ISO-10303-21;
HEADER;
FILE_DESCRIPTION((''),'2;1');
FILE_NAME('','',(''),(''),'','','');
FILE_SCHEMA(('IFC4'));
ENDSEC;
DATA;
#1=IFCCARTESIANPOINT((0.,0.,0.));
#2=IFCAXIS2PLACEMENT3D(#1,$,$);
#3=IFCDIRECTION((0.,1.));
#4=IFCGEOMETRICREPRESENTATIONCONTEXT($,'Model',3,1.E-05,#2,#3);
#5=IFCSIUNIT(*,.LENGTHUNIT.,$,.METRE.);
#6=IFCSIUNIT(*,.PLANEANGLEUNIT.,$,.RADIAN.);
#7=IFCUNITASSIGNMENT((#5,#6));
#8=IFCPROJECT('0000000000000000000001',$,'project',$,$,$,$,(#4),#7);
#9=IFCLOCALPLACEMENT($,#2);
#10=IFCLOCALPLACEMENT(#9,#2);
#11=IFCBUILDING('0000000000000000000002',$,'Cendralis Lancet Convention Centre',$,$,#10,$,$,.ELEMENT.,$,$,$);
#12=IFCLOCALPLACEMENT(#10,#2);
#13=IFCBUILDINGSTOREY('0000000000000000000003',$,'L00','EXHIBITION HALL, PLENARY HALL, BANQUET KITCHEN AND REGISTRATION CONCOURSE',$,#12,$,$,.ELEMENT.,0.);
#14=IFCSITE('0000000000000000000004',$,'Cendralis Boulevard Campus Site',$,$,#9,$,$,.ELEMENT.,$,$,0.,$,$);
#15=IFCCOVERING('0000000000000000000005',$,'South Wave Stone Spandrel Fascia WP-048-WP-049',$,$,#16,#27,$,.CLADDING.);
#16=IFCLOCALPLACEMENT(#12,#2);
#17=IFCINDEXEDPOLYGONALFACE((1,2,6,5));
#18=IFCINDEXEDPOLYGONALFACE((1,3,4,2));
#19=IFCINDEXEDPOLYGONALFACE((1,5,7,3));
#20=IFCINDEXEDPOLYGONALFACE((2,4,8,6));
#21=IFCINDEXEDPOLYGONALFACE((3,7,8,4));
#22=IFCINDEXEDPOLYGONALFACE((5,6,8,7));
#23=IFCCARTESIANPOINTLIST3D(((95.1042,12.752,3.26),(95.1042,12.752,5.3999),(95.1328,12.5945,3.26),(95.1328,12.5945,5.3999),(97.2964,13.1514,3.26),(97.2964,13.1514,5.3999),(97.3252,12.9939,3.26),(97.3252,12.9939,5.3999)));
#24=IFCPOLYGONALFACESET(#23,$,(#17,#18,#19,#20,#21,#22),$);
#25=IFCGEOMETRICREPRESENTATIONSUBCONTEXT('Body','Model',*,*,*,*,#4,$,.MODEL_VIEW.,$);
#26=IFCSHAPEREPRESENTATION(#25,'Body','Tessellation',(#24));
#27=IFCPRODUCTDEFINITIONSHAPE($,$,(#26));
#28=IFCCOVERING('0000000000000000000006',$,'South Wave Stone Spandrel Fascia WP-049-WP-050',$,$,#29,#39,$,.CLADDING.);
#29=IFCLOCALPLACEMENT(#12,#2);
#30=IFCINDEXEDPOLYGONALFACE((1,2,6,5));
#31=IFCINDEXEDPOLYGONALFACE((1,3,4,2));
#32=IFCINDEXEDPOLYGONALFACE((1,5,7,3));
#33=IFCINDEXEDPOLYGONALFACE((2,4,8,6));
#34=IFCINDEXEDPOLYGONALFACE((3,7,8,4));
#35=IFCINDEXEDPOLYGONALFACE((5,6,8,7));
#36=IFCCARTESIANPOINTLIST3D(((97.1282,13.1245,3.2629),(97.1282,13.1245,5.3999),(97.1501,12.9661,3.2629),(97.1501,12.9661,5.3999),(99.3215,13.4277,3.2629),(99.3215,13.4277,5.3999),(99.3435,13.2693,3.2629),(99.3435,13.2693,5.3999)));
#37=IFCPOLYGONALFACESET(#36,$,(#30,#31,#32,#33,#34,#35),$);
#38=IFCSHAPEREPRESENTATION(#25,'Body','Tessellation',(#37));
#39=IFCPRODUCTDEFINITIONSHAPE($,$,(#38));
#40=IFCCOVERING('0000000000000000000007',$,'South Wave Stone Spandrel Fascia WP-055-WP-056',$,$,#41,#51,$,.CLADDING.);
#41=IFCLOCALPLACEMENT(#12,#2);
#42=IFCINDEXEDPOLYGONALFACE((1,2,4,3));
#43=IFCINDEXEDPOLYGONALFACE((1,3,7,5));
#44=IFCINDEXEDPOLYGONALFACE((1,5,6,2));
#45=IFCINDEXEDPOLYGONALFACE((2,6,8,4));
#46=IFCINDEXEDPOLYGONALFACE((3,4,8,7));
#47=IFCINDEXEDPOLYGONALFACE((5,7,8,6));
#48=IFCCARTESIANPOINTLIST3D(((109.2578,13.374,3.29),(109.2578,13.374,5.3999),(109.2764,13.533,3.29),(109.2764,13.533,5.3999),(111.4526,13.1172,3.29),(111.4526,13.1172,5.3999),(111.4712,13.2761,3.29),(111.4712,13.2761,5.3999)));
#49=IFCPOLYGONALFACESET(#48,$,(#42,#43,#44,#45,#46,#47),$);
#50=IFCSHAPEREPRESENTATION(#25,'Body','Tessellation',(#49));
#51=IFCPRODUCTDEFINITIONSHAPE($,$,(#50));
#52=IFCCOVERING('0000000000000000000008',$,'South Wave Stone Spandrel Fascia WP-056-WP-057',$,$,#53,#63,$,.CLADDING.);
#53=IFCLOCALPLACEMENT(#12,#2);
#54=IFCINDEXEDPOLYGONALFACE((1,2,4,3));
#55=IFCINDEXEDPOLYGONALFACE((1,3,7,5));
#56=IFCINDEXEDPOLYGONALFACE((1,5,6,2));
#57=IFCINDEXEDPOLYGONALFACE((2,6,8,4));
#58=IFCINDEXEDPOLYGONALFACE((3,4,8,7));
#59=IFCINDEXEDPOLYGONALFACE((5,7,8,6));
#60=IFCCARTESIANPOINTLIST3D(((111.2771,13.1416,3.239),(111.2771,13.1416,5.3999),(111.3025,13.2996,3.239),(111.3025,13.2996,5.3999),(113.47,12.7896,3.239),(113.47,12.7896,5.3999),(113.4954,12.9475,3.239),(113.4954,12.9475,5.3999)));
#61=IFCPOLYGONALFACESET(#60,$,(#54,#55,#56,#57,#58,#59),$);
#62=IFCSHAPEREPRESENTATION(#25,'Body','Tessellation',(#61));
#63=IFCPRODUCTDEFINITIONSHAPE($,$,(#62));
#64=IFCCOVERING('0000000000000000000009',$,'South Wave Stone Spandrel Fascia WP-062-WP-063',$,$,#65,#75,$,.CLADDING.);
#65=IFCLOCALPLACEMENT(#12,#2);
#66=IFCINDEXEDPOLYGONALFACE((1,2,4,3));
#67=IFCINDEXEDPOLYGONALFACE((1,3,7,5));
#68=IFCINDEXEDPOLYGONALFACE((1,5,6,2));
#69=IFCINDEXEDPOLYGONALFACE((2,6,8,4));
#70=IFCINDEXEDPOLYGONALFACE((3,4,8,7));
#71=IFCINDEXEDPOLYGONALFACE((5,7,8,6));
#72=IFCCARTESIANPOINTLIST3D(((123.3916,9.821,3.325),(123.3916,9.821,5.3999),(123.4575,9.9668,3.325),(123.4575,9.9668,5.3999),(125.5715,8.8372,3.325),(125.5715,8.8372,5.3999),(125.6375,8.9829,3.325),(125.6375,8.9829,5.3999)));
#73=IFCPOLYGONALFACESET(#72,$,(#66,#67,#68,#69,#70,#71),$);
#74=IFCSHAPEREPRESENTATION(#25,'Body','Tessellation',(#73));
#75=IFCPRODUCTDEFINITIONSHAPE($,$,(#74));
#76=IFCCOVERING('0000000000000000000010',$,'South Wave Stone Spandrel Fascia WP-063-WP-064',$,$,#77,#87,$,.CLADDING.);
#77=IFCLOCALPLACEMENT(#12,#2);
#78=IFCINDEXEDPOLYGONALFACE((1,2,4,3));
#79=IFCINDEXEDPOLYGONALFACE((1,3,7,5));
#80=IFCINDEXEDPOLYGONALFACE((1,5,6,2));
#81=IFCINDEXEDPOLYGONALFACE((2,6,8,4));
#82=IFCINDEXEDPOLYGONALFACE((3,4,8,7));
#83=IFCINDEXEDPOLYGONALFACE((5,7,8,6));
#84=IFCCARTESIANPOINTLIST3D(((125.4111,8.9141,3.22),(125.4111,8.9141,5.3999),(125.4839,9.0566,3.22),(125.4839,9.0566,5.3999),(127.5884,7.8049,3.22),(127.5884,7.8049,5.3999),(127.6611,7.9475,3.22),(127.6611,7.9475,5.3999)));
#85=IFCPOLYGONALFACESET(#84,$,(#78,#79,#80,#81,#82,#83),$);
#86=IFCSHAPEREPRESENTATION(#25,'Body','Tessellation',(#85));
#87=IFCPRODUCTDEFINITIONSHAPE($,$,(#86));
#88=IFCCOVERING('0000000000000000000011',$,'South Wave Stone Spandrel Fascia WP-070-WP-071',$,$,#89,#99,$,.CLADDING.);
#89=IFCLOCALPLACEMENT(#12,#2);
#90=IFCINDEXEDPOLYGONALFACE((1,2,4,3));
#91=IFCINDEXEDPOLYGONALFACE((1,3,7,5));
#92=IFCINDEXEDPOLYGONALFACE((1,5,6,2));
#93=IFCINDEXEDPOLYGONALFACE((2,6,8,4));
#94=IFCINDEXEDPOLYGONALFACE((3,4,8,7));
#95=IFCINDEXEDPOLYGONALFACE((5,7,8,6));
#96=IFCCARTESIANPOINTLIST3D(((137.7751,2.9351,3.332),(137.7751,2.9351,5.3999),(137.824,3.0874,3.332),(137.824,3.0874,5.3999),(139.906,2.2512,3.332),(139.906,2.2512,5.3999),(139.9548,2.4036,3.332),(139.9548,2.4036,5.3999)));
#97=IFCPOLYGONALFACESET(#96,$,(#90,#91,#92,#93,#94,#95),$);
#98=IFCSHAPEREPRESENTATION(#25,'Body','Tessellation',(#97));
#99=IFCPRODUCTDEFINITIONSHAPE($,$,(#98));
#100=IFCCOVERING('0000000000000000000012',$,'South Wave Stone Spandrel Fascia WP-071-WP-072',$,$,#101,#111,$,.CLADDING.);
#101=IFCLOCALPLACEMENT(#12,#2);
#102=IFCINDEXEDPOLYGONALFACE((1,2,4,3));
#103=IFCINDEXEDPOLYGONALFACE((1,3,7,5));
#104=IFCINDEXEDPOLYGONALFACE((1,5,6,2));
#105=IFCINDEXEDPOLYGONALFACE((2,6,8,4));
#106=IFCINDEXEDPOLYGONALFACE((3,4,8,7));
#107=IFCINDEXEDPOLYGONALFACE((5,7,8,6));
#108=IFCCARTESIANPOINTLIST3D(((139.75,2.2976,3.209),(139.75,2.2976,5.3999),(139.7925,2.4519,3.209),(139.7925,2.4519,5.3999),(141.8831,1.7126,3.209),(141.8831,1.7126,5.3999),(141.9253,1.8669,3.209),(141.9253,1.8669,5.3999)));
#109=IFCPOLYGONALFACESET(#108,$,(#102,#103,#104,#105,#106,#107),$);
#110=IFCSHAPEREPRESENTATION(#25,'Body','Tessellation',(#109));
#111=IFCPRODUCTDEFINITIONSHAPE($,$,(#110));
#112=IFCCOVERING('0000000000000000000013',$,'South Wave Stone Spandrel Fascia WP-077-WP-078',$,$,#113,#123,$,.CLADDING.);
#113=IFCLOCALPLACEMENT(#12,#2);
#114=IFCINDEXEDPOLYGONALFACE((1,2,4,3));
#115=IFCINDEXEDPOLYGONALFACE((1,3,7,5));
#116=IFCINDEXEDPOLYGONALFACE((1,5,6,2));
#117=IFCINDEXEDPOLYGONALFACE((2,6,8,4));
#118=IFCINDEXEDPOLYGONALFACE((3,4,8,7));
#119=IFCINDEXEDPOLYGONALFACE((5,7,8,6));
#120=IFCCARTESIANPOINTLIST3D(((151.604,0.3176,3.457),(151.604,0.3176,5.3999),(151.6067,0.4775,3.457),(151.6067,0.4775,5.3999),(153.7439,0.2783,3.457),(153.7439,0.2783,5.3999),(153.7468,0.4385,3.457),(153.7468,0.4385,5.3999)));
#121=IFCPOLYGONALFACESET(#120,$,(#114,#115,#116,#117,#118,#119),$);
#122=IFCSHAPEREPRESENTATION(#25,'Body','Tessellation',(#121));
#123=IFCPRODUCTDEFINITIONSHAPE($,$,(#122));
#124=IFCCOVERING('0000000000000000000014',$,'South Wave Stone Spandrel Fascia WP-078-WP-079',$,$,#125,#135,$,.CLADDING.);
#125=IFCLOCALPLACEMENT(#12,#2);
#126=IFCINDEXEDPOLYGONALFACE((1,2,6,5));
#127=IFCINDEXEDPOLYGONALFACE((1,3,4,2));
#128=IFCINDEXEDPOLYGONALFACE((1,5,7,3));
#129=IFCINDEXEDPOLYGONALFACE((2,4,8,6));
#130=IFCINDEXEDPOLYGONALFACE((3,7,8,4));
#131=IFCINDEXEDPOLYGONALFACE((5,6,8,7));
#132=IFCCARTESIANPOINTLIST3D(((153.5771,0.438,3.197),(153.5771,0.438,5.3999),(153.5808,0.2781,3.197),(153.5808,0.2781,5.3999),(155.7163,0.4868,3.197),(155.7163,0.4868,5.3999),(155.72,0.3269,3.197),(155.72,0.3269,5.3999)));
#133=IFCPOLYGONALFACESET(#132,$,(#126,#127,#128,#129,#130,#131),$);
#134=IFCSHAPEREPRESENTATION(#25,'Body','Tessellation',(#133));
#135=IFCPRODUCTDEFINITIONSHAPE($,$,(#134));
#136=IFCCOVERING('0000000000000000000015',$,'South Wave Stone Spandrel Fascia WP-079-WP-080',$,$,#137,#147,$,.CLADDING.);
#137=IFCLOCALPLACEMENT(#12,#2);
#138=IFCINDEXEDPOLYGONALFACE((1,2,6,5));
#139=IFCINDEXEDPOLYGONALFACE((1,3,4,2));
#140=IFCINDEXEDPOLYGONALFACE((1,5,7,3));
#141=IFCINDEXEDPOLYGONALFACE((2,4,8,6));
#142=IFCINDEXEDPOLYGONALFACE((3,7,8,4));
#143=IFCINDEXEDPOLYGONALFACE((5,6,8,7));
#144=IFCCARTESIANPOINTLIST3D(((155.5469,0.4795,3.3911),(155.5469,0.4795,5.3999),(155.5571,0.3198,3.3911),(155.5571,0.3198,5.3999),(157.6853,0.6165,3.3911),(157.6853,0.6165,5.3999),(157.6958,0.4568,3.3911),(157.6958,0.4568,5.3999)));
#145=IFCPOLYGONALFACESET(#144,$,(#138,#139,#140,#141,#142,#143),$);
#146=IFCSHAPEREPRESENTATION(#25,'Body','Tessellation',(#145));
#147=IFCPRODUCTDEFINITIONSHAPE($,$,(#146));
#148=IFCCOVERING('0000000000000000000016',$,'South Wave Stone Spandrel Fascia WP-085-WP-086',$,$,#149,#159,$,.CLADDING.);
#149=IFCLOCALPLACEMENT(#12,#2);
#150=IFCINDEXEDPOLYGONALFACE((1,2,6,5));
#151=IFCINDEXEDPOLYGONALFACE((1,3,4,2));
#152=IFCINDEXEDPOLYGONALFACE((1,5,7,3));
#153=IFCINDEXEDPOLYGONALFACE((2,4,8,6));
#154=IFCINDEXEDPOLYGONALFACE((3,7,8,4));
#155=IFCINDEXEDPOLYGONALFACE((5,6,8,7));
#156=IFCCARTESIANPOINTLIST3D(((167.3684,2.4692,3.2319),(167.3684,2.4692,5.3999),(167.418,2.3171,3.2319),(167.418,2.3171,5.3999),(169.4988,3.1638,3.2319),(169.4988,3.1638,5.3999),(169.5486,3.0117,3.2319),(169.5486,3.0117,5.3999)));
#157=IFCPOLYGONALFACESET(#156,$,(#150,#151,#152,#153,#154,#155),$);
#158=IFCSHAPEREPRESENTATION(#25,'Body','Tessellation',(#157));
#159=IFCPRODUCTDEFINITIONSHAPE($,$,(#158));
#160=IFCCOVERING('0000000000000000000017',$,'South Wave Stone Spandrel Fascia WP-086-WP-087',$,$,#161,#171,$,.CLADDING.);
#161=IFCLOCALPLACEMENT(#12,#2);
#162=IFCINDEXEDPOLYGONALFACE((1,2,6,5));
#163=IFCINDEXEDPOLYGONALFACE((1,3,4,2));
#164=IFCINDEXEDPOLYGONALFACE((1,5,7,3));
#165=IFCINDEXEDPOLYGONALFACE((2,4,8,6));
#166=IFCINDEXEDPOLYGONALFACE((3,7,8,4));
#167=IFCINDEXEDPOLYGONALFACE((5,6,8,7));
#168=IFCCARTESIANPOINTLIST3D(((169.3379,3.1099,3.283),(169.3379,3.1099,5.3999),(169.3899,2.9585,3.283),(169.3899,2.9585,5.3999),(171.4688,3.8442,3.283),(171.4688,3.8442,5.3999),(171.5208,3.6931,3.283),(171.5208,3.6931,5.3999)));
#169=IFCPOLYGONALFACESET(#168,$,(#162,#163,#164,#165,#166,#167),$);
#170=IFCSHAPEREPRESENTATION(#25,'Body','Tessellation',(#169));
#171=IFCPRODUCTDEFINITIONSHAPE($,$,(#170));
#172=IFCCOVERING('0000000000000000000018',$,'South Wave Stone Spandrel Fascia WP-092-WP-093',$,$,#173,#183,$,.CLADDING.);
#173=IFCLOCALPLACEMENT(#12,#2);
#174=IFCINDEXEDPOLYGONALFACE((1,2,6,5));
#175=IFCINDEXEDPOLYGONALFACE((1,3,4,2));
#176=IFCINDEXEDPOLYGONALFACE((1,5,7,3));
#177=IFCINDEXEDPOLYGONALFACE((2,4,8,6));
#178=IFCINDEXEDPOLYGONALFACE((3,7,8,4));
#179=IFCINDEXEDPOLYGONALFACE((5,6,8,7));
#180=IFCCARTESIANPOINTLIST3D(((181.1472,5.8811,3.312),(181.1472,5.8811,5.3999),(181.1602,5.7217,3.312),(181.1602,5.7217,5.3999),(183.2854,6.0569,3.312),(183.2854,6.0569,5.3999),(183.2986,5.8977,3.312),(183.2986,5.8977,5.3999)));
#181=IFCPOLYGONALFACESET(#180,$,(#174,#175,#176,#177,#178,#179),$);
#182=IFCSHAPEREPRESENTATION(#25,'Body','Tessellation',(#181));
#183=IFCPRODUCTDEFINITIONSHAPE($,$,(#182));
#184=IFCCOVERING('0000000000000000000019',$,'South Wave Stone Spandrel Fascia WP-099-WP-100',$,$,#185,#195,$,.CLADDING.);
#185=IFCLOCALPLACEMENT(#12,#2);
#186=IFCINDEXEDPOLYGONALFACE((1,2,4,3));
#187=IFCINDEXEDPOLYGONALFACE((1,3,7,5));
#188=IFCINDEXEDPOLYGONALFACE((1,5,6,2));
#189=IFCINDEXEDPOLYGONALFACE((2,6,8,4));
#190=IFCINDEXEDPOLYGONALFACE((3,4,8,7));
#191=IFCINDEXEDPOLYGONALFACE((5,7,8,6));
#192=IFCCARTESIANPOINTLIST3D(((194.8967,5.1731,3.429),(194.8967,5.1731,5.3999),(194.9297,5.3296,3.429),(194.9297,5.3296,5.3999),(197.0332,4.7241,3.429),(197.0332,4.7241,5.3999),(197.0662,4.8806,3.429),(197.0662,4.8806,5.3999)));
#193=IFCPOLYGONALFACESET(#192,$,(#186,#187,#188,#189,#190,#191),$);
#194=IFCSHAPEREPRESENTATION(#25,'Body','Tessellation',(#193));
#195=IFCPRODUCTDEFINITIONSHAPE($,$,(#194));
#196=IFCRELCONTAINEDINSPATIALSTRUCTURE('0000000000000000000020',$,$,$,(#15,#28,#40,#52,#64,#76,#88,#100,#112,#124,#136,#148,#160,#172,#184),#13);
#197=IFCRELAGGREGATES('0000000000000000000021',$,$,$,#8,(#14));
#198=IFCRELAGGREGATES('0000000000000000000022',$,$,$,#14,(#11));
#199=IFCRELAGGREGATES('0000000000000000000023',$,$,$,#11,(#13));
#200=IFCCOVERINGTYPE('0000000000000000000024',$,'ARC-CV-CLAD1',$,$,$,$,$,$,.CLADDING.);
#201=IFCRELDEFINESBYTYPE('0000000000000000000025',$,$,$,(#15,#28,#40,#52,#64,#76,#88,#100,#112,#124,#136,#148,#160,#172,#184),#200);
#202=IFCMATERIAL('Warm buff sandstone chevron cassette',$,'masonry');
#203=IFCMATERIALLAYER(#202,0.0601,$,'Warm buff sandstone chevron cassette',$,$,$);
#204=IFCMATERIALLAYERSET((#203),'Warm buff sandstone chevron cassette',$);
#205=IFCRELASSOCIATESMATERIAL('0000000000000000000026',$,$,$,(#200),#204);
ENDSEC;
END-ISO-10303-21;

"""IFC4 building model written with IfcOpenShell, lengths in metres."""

from ifc_helpers import new_model, si_unit, direction, frame, origin, place, context, subcontext, project, spatial, polyline, outline, extrude, material, layer, layer_set, type_object, element, save


model = new_model("IFC4")

# Units and contexts
model_context = context("Model", 3, precision=1e-05, world=origin(), true_north=direction((0.0, 1.0)))
body_context = subcontext(model_context, "Body", "Model", "MODEL_VIEW")
ifc_project = project(units=[si_unit("LENGTHUNIT", "METRE"), si_unit("PLANEANGLEUNIT", "RADIAN")], contexts=[model_context])

# Site, building, storey
site_placement = place(None, origin())
site = spatial("IfcSite", under=ifc_project, at=site_placement, Name="Cendralis Boulevard Campus Site", CompositionType="ELEMENT", RefElevation=0.0)
building_placement = place(site_placement, origin())
building = spatial("IfcBuilding", under=site, at=building_placement, Name="Cendralis Lancet Convention Centre", CompositionType="ELEMENT")
storey_placement = place(building_placement, origin())
storey = spatial("IfcBuildingStorey", under=building, at=storey_placement, Name="L00", Description="EXHIBITION HALL, PLENARY HALL, BANQUET KITCHEN AND REGISTRATION CONCOURSE", CompositionType="ELEMENT", Elevation=0.0)

# Coverings
ifc_material_1 = material(Name="Warm buff sandstone chevron cassette", Category="masonry")
ifc_layer_1 = layer(ifc_material_1, 0.0601, Name="Warm buff sandstone chevron cassette")
ifc_layer_set_1 = layer_set([ifc_layer_1], Name="Warm buff sandstone chevron cassette")
covering_type = type_object("IfcCoveringType", Name="ARC-CV-CLAD1", PredefinedType="CLADDING", material=ifc_layer_set_1)
covering_1_placement = place(storey_placement, frame((0.0, 0.0, 3.26)))
element("IfcCovering", 1, at=covering_1_placement, inside=storey, type_object=covering_type, Name="South Wave Stone Spandrel Fascia WP-048-WP-049", PredefinedType="CLADDING", context=body_context, shape_type="SweptSolid", body=[
    extrude(outline(polyline([(95.1328, 12.5945), (97.3252, 12.9939), (97.2964, 13.1514), (95.1042, 12.752), (95.1328, 12.5945)])), origin(), (0.0, 0.0, 1.0), 2.1399),
])
covering_2_placement = place(storey_placement, frame((0.0, 0.0, 3.2629)))
element("IfcCovering", 2, at=covering_2_placement, inside=storey, type_object=covering_type, Name="South Wave Stone Spandrel Fascia WP-049-WP-050", PredefinedType="CLADDING", context=body_context, shape_type="SweptSolid", body=[
    extrude(outline(polyline([(97.1501, 12.9661), (99.3435, 13.2693), (99.3215, 13.4277), (97.1282, 13.1245), (97.1501, 12.9661)])), origin(), (0.0, 0.0, 1.0), 2.137),
])
covering_3_placement = place(storey_placement, frame((0.0, 0.0, 3.29)))
element("IfcCovering", 3, at=covering_3_placement, inside=storey, type_object=covering_type, Name="South Wave Stone Spandrel Fascia WP-055-WP-056", PredefinedType="CLADDING", context=body_context, shape_type="SweptSolid", body=[
    extrude(outline(polyline([(109.2578, 13.374), (111.4526, 13.1172), (111.4712, 13.2761), (109.2764, 13.533), (109.2578, 13.374)])), origin(), (0.0, 0.0, 1.0), 2.1099),
])
covering_4_placement = place(storey_placement, frame((0.0, 0.0, 3.239)))
element("IfcCovering", 4, at=covering_4_placement, inside=storey, type_object=covering_type, Name="South Wave Stone Spandrel Fascia WP-056-WP-057", PredefinedType="CLADDING", context=body_context, shape_type="SweptSolid", body=[
    extrude(outline(polyline([(111.2771, 13.1416), (113.47, 12.7896), (113.4954, 12.9475), (111.3025, 13.2996), (111.2771, 13.1416)])), origin(), (0.0, 0.0, 1.0), 2.1609),
])
covering_5_placement = place(storey_placement, frame((0.0, 0.0, 3.325)))
element("IfcCovering", 5, at=covering_5_placement, inside=storey, type_object=covering_type, Name="South Wave Stone Spandrel Fascia WP-062-WP-063", PredefinedType="CLADDING", context=body_context, shape_type="SweptSolid", body=[
    extrude(outline(polyline([(123.3916, 9.821), (125.5715, 8.8372), (125.6375, 8.9829), (123.4575, 9.9668), (123.3916, 9.821)])), origin(), (0.0, 0.0, 1.0), 2.075),
])
covering_6_placement = place(storey_placement, frame((0.0, 0.0, 3.22)))
element("IfcCovering", 6, at=covering_6_placement, inside=storey, type_object=covering_type, Name="South Wave Stone Spandrel Fascia WP-063-WP-064", PredefinedType="CLADDING", context=body_context, shape_type="SweptSolid", body=[
    extrude(outline(polyline([(125.4111, 8.9141), (127.5884, 7.8049), (127.6611, 7.9475), (125.4839, 9.0566), (125.4111, 8.9141)])), origin(), (0.0, 0.0, 1.0), 2.1799),
])
covering_7_placement = place(storey_placement, frame((0.0, 0.0, 3.332)))
element("IfcCovering", 7, at=covering_7_placement, inside=storey, type_object=covering_type, Name="South Wave Stone Spandrel Fascia WP-070-WP-071", PredefinedType="CLADDING", context=body_context, shape_type="SweptSolid", body=[
    extrude(outline(polyline([(137.7751, 2.9351), (139.906, 2.2512), (139.9548, 2.4036), (137.824, 3.0874), (137.7751, 2.9351)])), origin(), (0.0, 0.0, 1.0), 2.0679),
])
covering_8_placement = place(storey_placement, frame((0.0, 0.0, 3.209)))
element("IfcCovering", 8, at=covering_8_placement, inside=storey, type_object=covering_type, Name="South Wave Stone Spandrel Fascia WP-071-WP-072", PredefinedType="CLADDING", context=body_context, shape_type="SweptSolid", body=[
    extrude(outline(polyline([(139.75, 2.2976), (141.8831, 1.7126), (141.9253, 1.8669), (139.7925, 2.4519), (139.75, 2.2976)])), origin(), (0.0, 0.0, 1.0), 2.1909),
])
covering_9_placement = place(storey_placement, frame((0.0, 0.0, 3.457)))
element("IfcCovering", 9, at=covering_9_placement, inside=storey, type_object=covering_type, Name="South Wave Stone Spandrel Fascia WP-077-WP-078", PredefinedType="CLADDING", context=body_context, shape_type="SweptSolid", body=[
    extrude(outline(polyline([(151.604, 0.3176), (153.7439, 0.2783), (153.7468, 0.4385), (151.6067, 0.4775), (151.604, 0.3176)])), origin(), (0.0, 0.0, 1.0), 1.9429),
])
covering_10_placement = place(storey_placement, frame((0.0, 0.0, 3.197)))
element("IfcCovering", 10, at=covering_10_placement, inside=storey, type_object=covering_type, Name="South Wave Stone Spandrel Fascia WP-078-WP-079", PredefinedType="CLADDING", context=body_context, shape_type="SweptSolid", body=[
    extrude(outline(polyline([(153.5808, 0.2781), (155.72, 0.3269), (155.7163, 0.4868), (153.5771, 0.438), (153.5808, 0.2781)])), origin(), (0.0, 0.0, 1.0), 2.2029),
])
covering_11_placement = place(storey_placement, frame((0.0, 0.0, 3.3911)))
element("IfcCovering", 11, at=covering_11_placement, inside=storey, type_object=covering_type, Name="South Wave Stone Spandrel Fascia WP-079-WP-080", PredefinedType="CLADDING", context=body_context, shape_type="SweptSolid", body=[
    extrude(outline(polyline([(155.5571, 0.3198), (157.6958, 0.4568), (157.6853, 0.6165), (155.5469, 0.4795), (155.5571, 0.3198)])), origin(), (0.0, 0.0, 1.0), 2.0088),
])
covering_12_placement = place(storey_placement, frame((0.0, 0.0, 3.2319)))
element("IfcCovering", 12, at=covering_12_placement, inside=storey, type_object=covering_type, Name="South Wave Stone Spandrel Fascia WP-085-WP-086", PredefinedType="CLADDING", context=body_context, shape_type="SweptSolid", body=[
    extrude(outline(polyline([(167.418, 2.3171), (169.5486, 3.0117), (169.4988, 3.1638), (167.3684, 2.4692), (167.418, 2.3171)])), origin(), (0.0, 0.0, 1.0), 2.168),
])
covering_13_placement = place(storey_placement, frame((0.0, 0.0, 3.283)))
element("IfcCovering", 13, at=covering_13_placement, inside=storey, type_object=covering_type, Name="South Wave Stone Spandrel Fascia WP-086-WP-087", PredefinedType="CLADDING", context=body_context, shape_type="SweptSolid", body=[
    extrude(outline(polyline([(169.3899, 2.9585), (171.5208, 3.6931), (171.4688, 3.8442), (169.3379, 3.1099), (169.3899, 2.9585)])), origin(), (0.0, 0.0, 1.0), 2.1169),
])
covering_14_placement = place(storey_placement, frame((0.0, 0.0, 3.312)))
element("IfcCovering", 14, at=covering_14_placement, inside=storey, type_object=covering_type, Name="South Wave Stone Spandrel Fascia WP-092-WP-093", PredefinedType="CLADDING", context=body_context, shape_type="SweptSolid", body=[
    extrude(outline(polyline([(181.1602, 5.7217), (183.2986, 5.8977), (183.2854, 6.0569), (181.1472, 5.8811), (181.1602, 5.7217)])), origin(), (0.0, 0.0, 1.0), 2.0879),
])
covering_15_placement = place(storey_placement, frame((0.0, 0.0, 3.429)))
element("IfcCovering", 15, at=covering_15_placement, inside=storey, type_object=covering_type, Name="South Wave Stone Spandrel Fascia WP-099-WP-100", PredefinedType="CLADDING", context=body_context, shape_type="SweptSolid", body=[
    extrude(outline(polyline([(194.8967, 5.1731), (197.0332, 4.7241), (197.0662, 4.8806), (194.9297, 5.3296), (194.8967, 5.1731)])), origin(), (0.0, 0.0, 1.0), 1.9709),
])

save(model, "model.ifc")
